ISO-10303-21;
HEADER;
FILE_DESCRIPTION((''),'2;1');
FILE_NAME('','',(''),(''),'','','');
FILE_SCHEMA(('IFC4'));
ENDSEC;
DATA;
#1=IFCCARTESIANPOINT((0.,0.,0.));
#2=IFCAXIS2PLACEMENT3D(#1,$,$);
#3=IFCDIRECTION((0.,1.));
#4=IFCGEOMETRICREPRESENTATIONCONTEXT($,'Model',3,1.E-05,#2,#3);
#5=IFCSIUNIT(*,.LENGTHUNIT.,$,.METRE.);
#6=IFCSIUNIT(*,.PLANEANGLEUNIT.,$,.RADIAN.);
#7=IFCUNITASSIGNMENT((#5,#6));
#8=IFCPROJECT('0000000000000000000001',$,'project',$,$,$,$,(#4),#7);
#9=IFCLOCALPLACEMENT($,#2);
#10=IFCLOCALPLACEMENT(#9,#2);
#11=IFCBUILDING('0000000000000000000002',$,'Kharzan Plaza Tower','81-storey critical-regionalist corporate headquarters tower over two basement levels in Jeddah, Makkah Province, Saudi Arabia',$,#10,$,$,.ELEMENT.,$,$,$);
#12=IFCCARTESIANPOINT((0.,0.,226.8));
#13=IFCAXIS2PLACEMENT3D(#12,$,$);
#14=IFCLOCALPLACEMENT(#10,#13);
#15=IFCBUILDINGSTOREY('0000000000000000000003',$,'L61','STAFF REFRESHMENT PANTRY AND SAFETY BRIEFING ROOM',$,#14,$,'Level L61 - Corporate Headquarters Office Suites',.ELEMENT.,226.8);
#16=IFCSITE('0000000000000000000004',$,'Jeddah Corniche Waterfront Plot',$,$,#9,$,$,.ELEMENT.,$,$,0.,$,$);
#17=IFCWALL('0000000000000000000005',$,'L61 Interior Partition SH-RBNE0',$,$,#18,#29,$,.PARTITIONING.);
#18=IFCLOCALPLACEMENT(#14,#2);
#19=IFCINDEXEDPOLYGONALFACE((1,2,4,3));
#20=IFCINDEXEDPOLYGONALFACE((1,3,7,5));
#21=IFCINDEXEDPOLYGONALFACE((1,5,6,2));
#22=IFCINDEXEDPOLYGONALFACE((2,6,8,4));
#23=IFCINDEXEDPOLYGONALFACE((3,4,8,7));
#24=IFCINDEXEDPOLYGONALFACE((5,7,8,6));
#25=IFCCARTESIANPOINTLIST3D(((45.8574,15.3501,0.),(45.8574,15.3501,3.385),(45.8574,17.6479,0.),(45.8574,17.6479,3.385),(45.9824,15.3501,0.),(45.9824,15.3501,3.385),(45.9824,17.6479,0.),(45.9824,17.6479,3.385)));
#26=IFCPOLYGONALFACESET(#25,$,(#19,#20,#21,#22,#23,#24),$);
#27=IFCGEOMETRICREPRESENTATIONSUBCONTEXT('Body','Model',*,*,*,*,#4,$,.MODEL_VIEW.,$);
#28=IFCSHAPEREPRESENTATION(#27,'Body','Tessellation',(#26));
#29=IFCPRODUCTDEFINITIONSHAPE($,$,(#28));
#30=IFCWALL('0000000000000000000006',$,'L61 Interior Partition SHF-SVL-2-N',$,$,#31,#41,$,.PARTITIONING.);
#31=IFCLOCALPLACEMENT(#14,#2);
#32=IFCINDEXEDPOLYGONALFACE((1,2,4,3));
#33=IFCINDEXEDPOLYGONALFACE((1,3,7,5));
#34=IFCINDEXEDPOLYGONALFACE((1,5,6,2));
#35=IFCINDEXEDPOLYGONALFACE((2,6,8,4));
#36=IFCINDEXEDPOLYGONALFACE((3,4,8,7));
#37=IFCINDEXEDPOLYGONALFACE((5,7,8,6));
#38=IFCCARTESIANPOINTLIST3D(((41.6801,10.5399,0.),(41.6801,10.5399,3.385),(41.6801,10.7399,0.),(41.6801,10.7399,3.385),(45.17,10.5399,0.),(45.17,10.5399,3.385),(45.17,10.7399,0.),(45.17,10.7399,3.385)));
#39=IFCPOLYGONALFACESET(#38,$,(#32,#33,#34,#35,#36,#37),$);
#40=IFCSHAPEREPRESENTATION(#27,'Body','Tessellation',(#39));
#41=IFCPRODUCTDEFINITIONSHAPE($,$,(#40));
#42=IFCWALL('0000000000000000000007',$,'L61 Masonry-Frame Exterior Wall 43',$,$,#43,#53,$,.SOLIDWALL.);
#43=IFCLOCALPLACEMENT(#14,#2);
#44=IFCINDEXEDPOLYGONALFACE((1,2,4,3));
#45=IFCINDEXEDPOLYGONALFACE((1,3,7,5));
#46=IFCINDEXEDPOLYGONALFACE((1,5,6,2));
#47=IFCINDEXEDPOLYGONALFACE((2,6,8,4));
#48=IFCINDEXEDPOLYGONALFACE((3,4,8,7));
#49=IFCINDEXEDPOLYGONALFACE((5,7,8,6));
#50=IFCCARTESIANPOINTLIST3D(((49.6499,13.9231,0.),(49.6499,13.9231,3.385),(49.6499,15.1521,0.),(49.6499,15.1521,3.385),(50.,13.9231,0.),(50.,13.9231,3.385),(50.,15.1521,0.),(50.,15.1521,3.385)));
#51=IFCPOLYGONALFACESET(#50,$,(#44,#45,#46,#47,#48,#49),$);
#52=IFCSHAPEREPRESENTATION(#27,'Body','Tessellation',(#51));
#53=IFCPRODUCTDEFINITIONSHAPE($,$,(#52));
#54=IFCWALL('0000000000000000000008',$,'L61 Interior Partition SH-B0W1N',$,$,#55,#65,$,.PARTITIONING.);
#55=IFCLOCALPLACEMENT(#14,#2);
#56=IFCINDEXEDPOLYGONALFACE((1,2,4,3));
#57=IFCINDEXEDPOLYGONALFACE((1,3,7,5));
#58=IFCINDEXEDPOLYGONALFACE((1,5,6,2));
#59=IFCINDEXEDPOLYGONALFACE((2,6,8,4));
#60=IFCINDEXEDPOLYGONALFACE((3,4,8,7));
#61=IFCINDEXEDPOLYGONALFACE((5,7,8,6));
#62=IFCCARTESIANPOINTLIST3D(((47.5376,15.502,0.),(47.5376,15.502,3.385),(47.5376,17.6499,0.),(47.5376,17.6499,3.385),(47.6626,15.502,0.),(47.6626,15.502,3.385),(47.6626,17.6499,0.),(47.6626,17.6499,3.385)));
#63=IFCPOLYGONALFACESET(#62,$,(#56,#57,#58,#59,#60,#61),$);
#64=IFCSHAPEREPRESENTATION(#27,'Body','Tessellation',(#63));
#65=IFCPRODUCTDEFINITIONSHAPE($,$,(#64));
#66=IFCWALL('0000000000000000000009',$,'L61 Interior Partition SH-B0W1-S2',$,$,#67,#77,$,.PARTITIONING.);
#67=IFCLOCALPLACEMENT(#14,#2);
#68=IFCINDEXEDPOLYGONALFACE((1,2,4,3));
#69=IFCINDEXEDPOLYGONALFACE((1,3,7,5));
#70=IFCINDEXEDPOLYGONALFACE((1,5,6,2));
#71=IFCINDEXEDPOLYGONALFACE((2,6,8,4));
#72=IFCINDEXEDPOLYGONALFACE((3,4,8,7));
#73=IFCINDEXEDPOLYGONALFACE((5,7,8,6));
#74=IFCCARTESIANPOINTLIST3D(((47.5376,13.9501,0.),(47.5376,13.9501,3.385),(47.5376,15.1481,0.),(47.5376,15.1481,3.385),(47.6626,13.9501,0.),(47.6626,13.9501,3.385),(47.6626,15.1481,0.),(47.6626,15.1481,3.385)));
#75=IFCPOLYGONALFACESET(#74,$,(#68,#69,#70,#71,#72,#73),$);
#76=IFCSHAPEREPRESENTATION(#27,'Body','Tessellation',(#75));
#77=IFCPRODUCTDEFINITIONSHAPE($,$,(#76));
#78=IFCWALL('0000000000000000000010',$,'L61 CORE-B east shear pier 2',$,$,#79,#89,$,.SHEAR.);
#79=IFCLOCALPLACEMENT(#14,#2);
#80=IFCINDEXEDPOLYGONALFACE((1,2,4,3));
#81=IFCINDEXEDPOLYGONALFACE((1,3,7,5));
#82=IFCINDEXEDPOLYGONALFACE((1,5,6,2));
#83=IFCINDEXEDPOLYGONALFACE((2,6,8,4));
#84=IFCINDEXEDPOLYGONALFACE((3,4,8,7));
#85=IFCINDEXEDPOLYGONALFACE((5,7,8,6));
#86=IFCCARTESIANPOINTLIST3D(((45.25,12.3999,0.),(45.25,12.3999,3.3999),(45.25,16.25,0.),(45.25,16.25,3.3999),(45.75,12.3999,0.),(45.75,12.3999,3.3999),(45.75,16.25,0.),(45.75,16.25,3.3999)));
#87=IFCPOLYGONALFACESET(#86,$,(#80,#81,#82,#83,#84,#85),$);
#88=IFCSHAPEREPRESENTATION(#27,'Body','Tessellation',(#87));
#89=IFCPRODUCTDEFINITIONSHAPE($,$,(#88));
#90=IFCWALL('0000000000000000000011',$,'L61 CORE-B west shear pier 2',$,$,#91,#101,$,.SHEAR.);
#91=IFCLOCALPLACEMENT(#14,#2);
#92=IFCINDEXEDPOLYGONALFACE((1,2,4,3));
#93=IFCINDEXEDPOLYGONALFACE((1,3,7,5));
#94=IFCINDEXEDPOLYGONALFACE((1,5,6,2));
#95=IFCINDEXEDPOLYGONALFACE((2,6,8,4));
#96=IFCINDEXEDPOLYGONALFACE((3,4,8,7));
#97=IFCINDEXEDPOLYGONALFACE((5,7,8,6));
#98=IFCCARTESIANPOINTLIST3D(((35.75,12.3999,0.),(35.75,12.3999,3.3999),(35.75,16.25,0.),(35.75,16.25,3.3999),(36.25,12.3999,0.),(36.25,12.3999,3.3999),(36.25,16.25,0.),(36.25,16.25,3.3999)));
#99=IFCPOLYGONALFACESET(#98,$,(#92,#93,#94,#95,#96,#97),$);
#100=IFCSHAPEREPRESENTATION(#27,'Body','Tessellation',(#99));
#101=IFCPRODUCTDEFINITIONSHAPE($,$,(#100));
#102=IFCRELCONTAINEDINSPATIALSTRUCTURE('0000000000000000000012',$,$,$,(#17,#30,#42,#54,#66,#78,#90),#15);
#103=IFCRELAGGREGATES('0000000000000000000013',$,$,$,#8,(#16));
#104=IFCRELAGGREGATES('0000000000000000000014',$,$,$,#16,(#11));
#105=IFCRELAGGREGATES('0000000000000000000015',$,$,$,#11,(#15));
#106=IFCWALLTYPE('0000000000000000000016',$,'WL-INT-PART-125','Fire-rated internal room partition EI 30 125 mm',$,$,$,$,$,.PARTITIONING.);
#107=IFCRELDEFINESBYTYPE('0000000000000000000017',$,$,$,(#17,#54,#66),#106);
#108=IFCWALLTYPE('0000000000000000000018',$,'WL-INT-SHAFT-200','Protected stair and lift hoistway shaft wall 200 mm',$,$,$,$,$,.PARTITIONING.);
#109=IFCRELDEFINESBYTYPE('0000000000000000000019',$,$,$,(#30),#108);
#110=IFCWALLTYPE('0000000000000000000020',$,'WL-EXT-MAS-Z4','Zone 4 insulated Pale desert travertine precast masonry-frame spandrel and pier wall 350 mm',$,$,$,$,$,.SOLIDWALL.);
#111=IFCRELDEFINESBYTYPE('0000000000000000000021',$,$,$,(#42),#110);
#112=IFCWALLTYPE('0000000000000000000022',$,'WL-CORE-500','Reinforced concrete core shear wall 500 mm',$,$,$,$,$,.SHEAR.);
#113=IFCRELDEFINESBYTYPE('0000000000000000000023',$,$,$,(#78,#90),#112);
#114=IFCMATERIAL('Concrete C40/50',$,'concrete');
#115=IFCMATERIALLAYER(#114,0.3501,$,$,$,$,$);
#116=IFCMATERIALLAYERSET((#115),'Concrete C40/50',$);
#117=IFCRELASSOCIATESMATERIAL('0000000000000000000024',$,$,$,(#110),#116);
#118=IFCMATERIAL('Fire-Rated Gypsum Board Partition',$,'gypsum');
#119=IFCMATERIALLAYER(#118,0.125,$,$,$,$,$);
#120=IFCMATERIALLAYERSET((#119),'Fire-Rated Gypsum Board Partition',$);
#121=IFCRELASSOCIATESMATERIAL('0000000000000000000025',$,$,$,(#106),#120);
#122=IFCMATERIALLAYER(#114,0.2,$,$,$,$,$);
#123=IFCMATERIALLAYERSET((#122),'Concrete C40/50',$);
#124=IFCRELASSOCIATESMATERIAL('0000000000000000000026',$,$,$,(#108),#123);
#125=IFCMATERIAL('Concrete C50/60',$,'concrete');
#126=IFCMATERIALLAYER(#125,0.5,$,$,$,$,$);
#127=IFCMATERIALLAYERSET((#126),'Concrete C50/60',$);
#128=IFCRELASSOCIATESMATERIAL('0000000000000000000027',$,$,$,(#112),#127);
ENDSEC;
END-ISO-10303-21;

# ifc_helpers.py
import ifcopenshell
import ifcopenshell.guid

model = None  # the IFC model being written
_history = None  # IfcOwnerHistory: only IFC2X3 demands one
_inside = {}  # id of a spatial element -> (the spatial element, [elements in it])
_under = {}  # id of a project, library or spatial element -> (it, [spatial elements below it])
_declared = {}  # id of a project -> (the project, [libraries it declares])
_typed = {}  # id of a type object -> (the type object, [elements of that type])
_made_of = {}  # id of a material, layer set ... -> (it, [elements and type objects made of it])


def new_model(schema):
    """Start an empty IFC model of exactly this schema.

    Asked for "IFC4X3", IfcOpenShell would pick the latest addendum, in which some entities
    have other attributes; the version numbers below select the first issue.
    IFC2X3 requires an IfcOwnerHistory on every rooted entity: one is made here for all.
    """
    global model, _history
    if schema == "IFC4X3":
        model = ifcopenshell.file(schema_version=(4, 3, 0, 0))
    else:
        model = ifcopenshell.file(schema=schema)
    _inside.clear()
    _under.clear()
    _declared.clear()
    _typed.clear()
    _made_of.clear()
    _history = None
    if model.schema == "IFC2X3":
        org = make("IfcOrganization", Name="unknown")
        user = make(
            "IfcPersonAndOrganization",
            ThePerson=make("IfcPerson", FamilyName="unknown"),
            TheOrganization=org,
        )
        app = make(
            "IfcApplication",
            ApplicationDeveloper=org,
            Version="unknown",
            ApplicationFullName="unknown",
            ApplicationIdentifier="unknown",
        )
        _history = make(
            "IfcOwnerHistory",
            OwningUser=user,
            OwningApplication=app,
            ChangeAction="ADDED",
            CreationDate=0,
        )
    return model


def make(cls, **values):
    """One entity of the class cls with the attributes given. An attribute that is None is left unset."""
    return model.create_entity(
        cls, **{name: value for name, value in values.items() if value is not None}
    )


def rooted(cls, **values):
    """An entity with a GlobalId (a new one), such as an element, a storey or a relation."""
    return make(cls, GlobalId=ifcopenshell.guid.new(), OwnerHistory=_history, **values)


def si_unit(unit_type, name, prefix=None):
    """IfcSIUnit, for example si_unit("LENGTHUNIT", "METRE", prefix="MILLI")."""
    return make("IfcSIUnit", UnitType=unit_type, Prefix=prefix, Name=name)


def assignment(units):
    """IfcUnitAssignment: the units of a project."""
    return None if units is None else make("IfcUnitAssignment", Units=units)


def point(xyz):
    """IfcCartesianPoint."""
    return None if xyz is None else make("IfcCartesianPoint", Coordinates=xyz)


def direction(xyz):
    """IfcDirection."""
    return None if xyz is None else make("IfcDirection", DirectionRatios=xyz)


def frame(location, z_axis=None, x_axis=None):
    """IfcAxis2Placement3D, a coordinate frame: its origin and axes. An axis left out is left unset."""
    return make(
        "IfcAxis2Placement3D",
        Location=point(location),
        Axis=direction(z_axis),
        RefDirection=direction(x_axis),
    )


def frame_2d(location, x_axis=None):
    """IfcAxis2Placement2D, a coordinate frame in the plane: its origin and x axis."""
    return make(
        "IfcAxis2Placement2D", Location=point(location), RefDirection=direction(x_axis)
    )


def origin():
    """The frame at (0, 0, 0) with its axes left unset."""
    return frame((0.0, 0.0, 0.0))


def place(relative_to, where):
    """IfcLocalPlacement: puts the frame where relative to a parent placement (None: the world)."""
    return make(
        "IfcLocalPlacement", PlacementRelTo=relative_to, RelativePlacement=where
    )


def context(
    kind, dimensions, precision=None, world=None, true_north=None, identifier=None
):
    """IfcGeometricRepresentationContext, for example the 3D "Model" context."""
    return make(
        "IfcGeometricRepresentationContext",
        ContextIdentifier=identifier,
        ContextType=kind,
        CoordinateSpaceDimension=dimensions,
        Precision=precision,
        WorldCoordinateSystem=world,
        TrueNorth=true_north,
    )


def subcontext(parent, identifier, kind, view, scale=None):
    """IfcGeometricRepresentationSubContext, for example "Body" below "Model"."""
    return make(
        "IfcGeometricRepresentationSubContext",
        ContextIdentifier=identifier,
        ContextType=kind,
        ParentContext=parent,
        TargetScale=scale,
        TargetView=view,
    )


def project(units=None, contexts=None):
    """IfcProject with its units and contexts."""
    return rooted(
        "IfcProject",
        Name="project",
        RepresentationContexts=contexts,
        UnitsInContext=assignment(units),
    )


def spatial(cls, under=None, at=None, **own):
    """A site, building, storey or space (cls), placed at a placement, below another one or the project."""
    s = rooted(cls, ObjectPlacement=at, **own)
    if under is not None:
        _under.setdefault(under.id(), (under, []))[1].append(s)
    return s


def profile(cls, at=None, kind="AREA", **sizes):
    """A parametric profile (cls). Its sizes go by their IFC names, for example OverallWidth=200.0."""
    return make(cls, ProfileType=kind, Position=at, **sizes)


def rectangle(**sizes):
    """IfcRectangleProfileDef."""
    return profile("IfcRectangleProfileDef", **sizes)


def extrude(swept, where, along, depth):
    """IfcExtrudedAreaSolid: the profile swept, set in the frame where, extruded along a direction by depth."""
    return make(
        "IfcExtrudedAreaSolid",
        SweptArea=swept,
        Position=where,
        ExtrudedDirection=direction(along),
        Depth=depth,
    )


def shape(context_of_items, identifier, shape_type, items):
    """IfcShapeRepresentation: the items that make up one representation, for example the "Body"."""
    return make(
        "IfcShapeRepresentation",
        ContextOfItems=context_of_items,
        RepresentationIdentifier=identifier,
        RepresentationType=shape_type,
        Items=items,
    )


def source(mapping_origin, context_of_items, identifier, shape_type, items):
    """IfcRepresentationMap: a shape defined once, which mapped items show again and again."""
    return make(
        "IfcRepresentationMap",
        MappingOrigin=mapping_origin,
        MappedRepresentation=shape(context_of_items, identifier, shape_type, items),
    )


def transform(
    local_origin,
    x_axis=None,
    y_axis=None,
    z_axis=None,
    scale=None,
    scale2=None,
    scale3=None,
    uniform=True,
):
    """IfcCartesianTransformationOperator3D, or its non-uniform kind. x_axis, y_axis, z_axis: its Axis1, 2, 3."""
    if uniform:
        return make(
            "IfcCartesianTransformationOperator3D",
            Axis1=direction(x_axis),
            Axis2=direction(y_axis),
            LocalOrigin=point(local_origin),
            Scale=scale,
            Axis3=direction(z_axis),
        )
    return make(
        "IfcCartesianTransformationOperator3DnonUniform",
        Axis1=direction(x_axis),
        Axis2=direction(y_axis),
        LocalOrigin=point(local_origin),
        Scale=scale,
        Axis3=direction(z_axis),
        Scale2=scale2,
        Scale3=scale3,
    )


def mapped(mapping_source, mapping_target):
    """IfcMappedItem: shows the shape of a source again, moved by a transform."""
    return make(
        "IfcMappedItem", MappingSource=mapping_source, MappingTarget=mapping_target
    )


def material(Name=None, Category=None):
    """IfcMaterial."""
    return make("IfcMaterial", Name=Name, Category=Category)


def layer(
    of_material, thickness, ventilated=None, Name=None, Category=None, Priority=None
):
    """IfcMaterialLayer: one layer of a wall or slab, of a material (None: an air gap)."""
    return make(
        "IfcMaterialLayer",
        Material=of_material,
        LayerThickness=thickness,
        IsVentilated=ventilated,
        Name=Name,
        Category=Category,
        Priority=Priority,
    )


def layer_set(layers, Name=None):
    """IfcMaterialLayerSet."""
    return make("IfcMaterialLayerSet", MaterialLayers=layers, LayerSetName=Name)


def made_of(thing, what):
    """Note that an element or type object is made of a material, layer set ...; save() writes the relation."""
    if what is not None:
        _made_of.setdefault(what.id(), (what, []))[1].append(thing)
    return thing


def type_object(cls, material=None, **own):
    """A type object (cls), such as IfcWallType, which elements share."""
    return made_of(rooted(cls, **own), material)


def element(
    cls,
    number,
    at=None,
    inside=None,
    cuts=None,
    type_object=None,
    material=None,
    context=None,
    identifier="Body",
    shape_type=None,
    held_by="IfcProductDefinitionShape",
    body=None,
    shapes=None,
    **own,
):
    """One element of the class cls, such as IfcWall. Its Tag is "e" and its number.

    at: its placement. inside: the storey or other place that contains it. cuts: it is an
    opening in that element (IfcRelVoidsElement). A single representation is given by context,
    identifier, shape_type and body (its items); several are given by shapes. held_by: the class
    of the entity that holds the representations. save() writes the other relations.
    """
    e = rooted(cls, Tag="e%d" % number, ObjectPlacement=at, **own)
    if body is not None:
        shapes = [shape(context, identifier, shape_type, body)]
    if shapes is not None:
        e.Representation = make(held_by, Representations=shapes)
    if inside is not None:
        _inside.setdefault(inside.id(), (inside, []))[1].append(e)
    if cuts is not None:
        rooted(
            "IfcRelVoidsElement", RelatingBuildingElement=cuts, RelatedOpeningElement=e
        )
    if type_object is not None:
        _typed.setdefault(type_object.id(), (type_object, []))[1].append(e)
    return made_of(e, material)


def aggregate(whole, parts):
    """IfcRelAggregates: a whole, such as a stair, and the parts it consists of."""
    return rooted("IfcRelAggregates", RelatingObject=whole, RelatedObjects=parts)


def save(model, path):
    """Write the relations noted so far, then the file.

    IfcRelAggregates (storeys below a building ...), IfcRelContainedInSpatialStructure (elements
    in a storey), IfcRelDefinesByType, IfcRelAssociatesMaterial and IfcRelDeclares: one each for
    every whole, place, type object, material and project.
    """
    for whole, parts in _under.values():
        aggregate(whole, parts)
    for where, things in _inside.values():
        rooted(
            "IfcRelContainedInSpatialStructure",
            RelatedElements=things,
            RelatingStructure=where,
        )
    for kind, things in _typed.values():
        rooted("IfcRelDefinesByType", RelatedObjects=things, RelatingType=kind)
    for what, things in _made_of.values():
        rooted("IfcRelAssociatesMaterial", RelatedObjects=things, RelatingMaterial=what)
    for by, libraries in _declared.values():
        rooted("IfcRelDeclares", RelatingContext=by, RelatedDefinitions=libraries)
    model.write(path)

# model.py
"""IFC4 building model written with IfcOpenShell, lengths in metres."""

from ifc_helpers import new_model, si_unit, direction, frame, frame_2d, origin, place, context, subcontext, project, spatial, rectangle, extrude, source, transform, mapped, material, layer, layer_set, type_object, element, save


model = new_model("IFC4")

# Units and contexts
model_context = context("Model", 3, precision=1e-05, world=origin(), true_north=direction((0.0, 1.0)))
body_context = subcontext(model_context, "Body", "Model", "MODEL_VIEW")
ifc_project = project(units=[si_unit("LENGTHUNIT", "METRE"), si_unit("PLANEANGLEUNIT", "RADIAN")], contexts=[model_context])

# Site, building, storey
site_placement = place(None, origin())
site = spatial("IfcSite", under=ifc_project, at=site_placement, Name="Jeddah Corniche Waterfront Plot", CompositionType="ELEMENT", RefElevation=0.0)
building_placement = place(site_placement, origin())
building = spatial("IfcBuilding", under=site, at=building_placement, Name="Kharzan Plaza Tower", Description="81-storey critical-regionalist corporate headquarters tower over two basement levels in Jeddah, Makkah Province, Saudi Arabia", CompositionType="ELEMENT")
storey_placement = place(building_placement, frame((0.0, 0.0, 226.8)))
storey = spatial("IfcBuildingStorey", under=building, at=storey_placement, Name="L61", Description="STAFF REFRESHMENT PANTRY AND SAFETY BRIEFING ROOM", LongName="Level L61 - Corporate Headquarters Office Suites", CompositionType="ELEMENT", Elevation=226.8)

# Shared definitions
ifc_material_1 = material(Name="Concrete C50/60", Category="concrete")

# Shared definitions
ifc_material_2 = material(Name="Concrete C40/50", Category="concrete")
ifc_layer_1 = layer(ifc_material_2, 0.3501)
ifc_layer_set_1 = layer_set([ifc_layer_1], Name="Concrete C40/50")
wall_type_1 = type_object("IfcWallType", Name="WL-EXT-MAS-Z4", Description="Zone 4 insulated Pale desert travertine precast masonry-frame spandrel and pier wall 350 mm", PredefinedType="SOLIDWALL", material=ifc_layer_set_1)

# Shared definitions
ifc_material_3 = material(Name="Fire-Rated Gypsum Board Partition", Category="gypsum")
ifc_layer_2 = layer(ifc_material_3, 0.125)
ifc_layer_set_2 = layer_set([ifc_layer_2], Name="Fire-Rated Gypsum Board Partition")
wall_type_2 = type_object("IfcWallType", Name="WL-INT-PART-125", Description="Fire-rated internal room partition EI 30 125 mm", PredefinedType="PARTITIONING", material=ifc_layer_set_2)

# Walls
shared_shape_1 = source(origin(), body_context, "Body", "SweptSolid", [
    extrude(rectangle(XDim=2.2979, YDim=0.125, at=frame_2d((1.1489, 0.0))), origin(), (0.0, 0.0, 1.0), 3.385),
])
wall_1_placement = place(storey_placement, frame((45.9199, 15.3501, 0.0), z_axis=(0.0, 0.0, 1.0), x_axis=(0.0, 1.0, 0.0)))
element("IfcWall", 1, at=wall_1_placement, inside=storey, type_object=wall_type_2, Name="L61 Interior Partition SH-RBNE0", PredefinedType="PARTITIONING", context=body_context, shape_type="MappedRepresentation", body=[
    mapped(shared_shape_1, transform((0.0, 0.0, 0.0), x_axis=(1.0, 0.0, 0.0), y_axis=(0.0, 1.0, 0.0), z_axis=(0.0, 0.0, 1.0))),
])
ifc_layer_3 = layer(ifc_material_2, 0.2)
ifc_layer_set_3 = layer_set([ifc_layer_3], Name="Concrete C40/50")
wall_type_3 = type_object("IfcWallType", Name="WL-INT-SHAFT-200", Description="Protected stair and lift hoistway shaft wall 200 mm", PredefinedType="PARTITIONING", material=ifc_layer_set_3)
shared_shape_2 = source(origin(), body_context, "Body", "SweptSolid", [
    extrude(rectangle(XDim=3.49, YDim=0.2, at=frame_2d((1.7451, 0.0))), origin(), (0.0, 0.0, 1.0), 3.385),
])
wall_2_placement = place(storey_placement, frame((41.6799, 10.6399, 0.0), z_axis=(0.0, 0.0, 1.0), x_axis=(1.0, 0.0, 0.0)))
element("IfcWall", 2, at=wall_2_placement, inside=storey, type_object=wall_type_3, Name="L61 Interior Partition SHF-SVL-2-N", PredefinedType="PARTITIONING", context=body_context, shape_type="MappedRepresentation", body=[
    mapped(shared_shape_2, transform((0.0, 0.0, 0.0), x_axis=(1.0, 0.0, 0.0), y_axis=(0.0, 1.0, 0.0), z_axis=(0.0, 0.0, 1.0))),
])
shared_shape_3 = source(origin(), body_context, "Body", "SweptSolid", [
    extrude(rectangle(XDim=1.229, YDim=0.3501, at=frame_2d((0.6145, 0.0))), origin(), (0.0, 0.0, 1.0), 3.385),
])
wall_3_placement = place(storey_placement, frame((49.825, 13.9231, 0.0), z_axis=(0.0, 0.0, 1.0), x_axis=(0.0, 1.0, 0.0)))
element("IfcWall", 3, at=wall_3_placement, inside=storey, type_object=wall_type_1, Name="L61 Masonry-Frame Exterior Wall 43", PredefinedType="SOLIDWALL", context=body_context, shape_type="MappedRepresentation", body=[
    mapped(shared_shape_3, transform((0.0, 0.0, 0.0), x_axis=(1.0, 0.0, 0.0), y_axis=(0.0, 1.0, 0.0), z_axis=(0.0, 0.0, 1.0))),
])
shared_shape_4 = source(origin(), body_context, "Body", "SweptSolid", [
    extrude(rectangle(XDim=2.1479, YDim=0.125, at=frame_2d((1.074, 0.0))), origin(), (0.0, 0.0, 1.0), 3.385),
])
wall_4_placement = place(storey_placement, frame((47.6001, 15.502, 0.0), z_axis=(0.0, 0.0, 1.0), x_axis=(0.0, 1.0, 0.0)))
element("IfcWall", 4, at=wall_4_placement, inside=storey, type_object=wall_type_2, Name="L61 Interior Partition SH-B0W1N", PredefinedType="PARTITIONING", context=body_context, shape_type="MappedRepresentation", body=[
    mapped(shared_shape_4, transform((0.0, 0.0, 0.0), x_axis=(1.0, 0.0, 0.0), y_axis=(0.0, 1.0, 0.0), z_axis=(0.0, 0.0, 1.0))),
])
shared_shape_5 = source(origin(), body_context, "Body", "SweptSolid", [
    extrude(rectangle(XDim=1.198, YDim=0.125, at=frame_2d((0.5991, 0.0))), origin(), (0.0, 0.0, 1.0), 3.385),
])
wall_5_placement = place(storey_placement, frame((47.6001, 13.95, 0.0), z_axis=(0.0, 0.0, 1.0), x_axis=(0.0, 1.0, 0.0)))
element("IfcWall", 5, at=wall_5_placement, inside=storey, type_object=wall_type_2, Name="L61 Interior Partition SH-B0W1-S2", PredefinedType="PARTITIONING", context=body_context, shape_type="MappedRepresentation", body=[
    mapped(shared_shape_5, transform((0.0, 0.0, 0.0), x_axis=(1.0, 0.0, 0.0), y_axis=(0.0, 1.0, 0.0), z_axis=(0.0, 0.0, 1.0))),
])
ifc_layer_4 = layer(ifc_material_1, 0.5)
ifc_layer_set_4 = layer_set([ifc_layer_4], Name="Concrete C50/60")
wall_type_4 = type_object("IfcWallType", Name="WL-CORE-500", Description="Reinforced concrete core shear wall 500 mm", PredefinedType="SHEAR", material=ifc_layer_set_4)
shared_shape_6 = source(origin(), body_context, "Body", "SweptSolid", [
    extrude(rectangle(XDim=3.8501, YDim=0.5, at=frame_2d((1.925, 0.0))), origin(), (0.0, 0.0, 1.0), 3.3999),
])
for number, where, z_axis, x_axis, name in (
    (6, (45.5, 12.3999, 0.0), (0.0, 0.0, 1.0), (0.0, 1.0, 0.0), "L61 CORE-B east shear pier 2"),
    (7, (36.0, 12.3999, 0.0), (0.0, 0.0, 1.0), (0.0, 1.0, 0.0), "L61 CORE-B west shear pier 2"),
):
    element("IfcWall", number, at=place(storey_placement, frame(where, z_axis=z_axis, x_axis=x_axis)), inside=storey, type_object=wall_type_4, Name=name, PredefinedType="SHEAR", context=body_context, shape_type="MappedRepresentation", body=[
        mapped(shared_shape_6, transform((0.0, 0.0, 0.0), x_axis=(1.0, 0.0, 0.0), y_axis=(0.0, 1.0, 0.0), z_axis=(0.0, 0.0, 1.0))),
    ])

save(model, "model.ifc")
